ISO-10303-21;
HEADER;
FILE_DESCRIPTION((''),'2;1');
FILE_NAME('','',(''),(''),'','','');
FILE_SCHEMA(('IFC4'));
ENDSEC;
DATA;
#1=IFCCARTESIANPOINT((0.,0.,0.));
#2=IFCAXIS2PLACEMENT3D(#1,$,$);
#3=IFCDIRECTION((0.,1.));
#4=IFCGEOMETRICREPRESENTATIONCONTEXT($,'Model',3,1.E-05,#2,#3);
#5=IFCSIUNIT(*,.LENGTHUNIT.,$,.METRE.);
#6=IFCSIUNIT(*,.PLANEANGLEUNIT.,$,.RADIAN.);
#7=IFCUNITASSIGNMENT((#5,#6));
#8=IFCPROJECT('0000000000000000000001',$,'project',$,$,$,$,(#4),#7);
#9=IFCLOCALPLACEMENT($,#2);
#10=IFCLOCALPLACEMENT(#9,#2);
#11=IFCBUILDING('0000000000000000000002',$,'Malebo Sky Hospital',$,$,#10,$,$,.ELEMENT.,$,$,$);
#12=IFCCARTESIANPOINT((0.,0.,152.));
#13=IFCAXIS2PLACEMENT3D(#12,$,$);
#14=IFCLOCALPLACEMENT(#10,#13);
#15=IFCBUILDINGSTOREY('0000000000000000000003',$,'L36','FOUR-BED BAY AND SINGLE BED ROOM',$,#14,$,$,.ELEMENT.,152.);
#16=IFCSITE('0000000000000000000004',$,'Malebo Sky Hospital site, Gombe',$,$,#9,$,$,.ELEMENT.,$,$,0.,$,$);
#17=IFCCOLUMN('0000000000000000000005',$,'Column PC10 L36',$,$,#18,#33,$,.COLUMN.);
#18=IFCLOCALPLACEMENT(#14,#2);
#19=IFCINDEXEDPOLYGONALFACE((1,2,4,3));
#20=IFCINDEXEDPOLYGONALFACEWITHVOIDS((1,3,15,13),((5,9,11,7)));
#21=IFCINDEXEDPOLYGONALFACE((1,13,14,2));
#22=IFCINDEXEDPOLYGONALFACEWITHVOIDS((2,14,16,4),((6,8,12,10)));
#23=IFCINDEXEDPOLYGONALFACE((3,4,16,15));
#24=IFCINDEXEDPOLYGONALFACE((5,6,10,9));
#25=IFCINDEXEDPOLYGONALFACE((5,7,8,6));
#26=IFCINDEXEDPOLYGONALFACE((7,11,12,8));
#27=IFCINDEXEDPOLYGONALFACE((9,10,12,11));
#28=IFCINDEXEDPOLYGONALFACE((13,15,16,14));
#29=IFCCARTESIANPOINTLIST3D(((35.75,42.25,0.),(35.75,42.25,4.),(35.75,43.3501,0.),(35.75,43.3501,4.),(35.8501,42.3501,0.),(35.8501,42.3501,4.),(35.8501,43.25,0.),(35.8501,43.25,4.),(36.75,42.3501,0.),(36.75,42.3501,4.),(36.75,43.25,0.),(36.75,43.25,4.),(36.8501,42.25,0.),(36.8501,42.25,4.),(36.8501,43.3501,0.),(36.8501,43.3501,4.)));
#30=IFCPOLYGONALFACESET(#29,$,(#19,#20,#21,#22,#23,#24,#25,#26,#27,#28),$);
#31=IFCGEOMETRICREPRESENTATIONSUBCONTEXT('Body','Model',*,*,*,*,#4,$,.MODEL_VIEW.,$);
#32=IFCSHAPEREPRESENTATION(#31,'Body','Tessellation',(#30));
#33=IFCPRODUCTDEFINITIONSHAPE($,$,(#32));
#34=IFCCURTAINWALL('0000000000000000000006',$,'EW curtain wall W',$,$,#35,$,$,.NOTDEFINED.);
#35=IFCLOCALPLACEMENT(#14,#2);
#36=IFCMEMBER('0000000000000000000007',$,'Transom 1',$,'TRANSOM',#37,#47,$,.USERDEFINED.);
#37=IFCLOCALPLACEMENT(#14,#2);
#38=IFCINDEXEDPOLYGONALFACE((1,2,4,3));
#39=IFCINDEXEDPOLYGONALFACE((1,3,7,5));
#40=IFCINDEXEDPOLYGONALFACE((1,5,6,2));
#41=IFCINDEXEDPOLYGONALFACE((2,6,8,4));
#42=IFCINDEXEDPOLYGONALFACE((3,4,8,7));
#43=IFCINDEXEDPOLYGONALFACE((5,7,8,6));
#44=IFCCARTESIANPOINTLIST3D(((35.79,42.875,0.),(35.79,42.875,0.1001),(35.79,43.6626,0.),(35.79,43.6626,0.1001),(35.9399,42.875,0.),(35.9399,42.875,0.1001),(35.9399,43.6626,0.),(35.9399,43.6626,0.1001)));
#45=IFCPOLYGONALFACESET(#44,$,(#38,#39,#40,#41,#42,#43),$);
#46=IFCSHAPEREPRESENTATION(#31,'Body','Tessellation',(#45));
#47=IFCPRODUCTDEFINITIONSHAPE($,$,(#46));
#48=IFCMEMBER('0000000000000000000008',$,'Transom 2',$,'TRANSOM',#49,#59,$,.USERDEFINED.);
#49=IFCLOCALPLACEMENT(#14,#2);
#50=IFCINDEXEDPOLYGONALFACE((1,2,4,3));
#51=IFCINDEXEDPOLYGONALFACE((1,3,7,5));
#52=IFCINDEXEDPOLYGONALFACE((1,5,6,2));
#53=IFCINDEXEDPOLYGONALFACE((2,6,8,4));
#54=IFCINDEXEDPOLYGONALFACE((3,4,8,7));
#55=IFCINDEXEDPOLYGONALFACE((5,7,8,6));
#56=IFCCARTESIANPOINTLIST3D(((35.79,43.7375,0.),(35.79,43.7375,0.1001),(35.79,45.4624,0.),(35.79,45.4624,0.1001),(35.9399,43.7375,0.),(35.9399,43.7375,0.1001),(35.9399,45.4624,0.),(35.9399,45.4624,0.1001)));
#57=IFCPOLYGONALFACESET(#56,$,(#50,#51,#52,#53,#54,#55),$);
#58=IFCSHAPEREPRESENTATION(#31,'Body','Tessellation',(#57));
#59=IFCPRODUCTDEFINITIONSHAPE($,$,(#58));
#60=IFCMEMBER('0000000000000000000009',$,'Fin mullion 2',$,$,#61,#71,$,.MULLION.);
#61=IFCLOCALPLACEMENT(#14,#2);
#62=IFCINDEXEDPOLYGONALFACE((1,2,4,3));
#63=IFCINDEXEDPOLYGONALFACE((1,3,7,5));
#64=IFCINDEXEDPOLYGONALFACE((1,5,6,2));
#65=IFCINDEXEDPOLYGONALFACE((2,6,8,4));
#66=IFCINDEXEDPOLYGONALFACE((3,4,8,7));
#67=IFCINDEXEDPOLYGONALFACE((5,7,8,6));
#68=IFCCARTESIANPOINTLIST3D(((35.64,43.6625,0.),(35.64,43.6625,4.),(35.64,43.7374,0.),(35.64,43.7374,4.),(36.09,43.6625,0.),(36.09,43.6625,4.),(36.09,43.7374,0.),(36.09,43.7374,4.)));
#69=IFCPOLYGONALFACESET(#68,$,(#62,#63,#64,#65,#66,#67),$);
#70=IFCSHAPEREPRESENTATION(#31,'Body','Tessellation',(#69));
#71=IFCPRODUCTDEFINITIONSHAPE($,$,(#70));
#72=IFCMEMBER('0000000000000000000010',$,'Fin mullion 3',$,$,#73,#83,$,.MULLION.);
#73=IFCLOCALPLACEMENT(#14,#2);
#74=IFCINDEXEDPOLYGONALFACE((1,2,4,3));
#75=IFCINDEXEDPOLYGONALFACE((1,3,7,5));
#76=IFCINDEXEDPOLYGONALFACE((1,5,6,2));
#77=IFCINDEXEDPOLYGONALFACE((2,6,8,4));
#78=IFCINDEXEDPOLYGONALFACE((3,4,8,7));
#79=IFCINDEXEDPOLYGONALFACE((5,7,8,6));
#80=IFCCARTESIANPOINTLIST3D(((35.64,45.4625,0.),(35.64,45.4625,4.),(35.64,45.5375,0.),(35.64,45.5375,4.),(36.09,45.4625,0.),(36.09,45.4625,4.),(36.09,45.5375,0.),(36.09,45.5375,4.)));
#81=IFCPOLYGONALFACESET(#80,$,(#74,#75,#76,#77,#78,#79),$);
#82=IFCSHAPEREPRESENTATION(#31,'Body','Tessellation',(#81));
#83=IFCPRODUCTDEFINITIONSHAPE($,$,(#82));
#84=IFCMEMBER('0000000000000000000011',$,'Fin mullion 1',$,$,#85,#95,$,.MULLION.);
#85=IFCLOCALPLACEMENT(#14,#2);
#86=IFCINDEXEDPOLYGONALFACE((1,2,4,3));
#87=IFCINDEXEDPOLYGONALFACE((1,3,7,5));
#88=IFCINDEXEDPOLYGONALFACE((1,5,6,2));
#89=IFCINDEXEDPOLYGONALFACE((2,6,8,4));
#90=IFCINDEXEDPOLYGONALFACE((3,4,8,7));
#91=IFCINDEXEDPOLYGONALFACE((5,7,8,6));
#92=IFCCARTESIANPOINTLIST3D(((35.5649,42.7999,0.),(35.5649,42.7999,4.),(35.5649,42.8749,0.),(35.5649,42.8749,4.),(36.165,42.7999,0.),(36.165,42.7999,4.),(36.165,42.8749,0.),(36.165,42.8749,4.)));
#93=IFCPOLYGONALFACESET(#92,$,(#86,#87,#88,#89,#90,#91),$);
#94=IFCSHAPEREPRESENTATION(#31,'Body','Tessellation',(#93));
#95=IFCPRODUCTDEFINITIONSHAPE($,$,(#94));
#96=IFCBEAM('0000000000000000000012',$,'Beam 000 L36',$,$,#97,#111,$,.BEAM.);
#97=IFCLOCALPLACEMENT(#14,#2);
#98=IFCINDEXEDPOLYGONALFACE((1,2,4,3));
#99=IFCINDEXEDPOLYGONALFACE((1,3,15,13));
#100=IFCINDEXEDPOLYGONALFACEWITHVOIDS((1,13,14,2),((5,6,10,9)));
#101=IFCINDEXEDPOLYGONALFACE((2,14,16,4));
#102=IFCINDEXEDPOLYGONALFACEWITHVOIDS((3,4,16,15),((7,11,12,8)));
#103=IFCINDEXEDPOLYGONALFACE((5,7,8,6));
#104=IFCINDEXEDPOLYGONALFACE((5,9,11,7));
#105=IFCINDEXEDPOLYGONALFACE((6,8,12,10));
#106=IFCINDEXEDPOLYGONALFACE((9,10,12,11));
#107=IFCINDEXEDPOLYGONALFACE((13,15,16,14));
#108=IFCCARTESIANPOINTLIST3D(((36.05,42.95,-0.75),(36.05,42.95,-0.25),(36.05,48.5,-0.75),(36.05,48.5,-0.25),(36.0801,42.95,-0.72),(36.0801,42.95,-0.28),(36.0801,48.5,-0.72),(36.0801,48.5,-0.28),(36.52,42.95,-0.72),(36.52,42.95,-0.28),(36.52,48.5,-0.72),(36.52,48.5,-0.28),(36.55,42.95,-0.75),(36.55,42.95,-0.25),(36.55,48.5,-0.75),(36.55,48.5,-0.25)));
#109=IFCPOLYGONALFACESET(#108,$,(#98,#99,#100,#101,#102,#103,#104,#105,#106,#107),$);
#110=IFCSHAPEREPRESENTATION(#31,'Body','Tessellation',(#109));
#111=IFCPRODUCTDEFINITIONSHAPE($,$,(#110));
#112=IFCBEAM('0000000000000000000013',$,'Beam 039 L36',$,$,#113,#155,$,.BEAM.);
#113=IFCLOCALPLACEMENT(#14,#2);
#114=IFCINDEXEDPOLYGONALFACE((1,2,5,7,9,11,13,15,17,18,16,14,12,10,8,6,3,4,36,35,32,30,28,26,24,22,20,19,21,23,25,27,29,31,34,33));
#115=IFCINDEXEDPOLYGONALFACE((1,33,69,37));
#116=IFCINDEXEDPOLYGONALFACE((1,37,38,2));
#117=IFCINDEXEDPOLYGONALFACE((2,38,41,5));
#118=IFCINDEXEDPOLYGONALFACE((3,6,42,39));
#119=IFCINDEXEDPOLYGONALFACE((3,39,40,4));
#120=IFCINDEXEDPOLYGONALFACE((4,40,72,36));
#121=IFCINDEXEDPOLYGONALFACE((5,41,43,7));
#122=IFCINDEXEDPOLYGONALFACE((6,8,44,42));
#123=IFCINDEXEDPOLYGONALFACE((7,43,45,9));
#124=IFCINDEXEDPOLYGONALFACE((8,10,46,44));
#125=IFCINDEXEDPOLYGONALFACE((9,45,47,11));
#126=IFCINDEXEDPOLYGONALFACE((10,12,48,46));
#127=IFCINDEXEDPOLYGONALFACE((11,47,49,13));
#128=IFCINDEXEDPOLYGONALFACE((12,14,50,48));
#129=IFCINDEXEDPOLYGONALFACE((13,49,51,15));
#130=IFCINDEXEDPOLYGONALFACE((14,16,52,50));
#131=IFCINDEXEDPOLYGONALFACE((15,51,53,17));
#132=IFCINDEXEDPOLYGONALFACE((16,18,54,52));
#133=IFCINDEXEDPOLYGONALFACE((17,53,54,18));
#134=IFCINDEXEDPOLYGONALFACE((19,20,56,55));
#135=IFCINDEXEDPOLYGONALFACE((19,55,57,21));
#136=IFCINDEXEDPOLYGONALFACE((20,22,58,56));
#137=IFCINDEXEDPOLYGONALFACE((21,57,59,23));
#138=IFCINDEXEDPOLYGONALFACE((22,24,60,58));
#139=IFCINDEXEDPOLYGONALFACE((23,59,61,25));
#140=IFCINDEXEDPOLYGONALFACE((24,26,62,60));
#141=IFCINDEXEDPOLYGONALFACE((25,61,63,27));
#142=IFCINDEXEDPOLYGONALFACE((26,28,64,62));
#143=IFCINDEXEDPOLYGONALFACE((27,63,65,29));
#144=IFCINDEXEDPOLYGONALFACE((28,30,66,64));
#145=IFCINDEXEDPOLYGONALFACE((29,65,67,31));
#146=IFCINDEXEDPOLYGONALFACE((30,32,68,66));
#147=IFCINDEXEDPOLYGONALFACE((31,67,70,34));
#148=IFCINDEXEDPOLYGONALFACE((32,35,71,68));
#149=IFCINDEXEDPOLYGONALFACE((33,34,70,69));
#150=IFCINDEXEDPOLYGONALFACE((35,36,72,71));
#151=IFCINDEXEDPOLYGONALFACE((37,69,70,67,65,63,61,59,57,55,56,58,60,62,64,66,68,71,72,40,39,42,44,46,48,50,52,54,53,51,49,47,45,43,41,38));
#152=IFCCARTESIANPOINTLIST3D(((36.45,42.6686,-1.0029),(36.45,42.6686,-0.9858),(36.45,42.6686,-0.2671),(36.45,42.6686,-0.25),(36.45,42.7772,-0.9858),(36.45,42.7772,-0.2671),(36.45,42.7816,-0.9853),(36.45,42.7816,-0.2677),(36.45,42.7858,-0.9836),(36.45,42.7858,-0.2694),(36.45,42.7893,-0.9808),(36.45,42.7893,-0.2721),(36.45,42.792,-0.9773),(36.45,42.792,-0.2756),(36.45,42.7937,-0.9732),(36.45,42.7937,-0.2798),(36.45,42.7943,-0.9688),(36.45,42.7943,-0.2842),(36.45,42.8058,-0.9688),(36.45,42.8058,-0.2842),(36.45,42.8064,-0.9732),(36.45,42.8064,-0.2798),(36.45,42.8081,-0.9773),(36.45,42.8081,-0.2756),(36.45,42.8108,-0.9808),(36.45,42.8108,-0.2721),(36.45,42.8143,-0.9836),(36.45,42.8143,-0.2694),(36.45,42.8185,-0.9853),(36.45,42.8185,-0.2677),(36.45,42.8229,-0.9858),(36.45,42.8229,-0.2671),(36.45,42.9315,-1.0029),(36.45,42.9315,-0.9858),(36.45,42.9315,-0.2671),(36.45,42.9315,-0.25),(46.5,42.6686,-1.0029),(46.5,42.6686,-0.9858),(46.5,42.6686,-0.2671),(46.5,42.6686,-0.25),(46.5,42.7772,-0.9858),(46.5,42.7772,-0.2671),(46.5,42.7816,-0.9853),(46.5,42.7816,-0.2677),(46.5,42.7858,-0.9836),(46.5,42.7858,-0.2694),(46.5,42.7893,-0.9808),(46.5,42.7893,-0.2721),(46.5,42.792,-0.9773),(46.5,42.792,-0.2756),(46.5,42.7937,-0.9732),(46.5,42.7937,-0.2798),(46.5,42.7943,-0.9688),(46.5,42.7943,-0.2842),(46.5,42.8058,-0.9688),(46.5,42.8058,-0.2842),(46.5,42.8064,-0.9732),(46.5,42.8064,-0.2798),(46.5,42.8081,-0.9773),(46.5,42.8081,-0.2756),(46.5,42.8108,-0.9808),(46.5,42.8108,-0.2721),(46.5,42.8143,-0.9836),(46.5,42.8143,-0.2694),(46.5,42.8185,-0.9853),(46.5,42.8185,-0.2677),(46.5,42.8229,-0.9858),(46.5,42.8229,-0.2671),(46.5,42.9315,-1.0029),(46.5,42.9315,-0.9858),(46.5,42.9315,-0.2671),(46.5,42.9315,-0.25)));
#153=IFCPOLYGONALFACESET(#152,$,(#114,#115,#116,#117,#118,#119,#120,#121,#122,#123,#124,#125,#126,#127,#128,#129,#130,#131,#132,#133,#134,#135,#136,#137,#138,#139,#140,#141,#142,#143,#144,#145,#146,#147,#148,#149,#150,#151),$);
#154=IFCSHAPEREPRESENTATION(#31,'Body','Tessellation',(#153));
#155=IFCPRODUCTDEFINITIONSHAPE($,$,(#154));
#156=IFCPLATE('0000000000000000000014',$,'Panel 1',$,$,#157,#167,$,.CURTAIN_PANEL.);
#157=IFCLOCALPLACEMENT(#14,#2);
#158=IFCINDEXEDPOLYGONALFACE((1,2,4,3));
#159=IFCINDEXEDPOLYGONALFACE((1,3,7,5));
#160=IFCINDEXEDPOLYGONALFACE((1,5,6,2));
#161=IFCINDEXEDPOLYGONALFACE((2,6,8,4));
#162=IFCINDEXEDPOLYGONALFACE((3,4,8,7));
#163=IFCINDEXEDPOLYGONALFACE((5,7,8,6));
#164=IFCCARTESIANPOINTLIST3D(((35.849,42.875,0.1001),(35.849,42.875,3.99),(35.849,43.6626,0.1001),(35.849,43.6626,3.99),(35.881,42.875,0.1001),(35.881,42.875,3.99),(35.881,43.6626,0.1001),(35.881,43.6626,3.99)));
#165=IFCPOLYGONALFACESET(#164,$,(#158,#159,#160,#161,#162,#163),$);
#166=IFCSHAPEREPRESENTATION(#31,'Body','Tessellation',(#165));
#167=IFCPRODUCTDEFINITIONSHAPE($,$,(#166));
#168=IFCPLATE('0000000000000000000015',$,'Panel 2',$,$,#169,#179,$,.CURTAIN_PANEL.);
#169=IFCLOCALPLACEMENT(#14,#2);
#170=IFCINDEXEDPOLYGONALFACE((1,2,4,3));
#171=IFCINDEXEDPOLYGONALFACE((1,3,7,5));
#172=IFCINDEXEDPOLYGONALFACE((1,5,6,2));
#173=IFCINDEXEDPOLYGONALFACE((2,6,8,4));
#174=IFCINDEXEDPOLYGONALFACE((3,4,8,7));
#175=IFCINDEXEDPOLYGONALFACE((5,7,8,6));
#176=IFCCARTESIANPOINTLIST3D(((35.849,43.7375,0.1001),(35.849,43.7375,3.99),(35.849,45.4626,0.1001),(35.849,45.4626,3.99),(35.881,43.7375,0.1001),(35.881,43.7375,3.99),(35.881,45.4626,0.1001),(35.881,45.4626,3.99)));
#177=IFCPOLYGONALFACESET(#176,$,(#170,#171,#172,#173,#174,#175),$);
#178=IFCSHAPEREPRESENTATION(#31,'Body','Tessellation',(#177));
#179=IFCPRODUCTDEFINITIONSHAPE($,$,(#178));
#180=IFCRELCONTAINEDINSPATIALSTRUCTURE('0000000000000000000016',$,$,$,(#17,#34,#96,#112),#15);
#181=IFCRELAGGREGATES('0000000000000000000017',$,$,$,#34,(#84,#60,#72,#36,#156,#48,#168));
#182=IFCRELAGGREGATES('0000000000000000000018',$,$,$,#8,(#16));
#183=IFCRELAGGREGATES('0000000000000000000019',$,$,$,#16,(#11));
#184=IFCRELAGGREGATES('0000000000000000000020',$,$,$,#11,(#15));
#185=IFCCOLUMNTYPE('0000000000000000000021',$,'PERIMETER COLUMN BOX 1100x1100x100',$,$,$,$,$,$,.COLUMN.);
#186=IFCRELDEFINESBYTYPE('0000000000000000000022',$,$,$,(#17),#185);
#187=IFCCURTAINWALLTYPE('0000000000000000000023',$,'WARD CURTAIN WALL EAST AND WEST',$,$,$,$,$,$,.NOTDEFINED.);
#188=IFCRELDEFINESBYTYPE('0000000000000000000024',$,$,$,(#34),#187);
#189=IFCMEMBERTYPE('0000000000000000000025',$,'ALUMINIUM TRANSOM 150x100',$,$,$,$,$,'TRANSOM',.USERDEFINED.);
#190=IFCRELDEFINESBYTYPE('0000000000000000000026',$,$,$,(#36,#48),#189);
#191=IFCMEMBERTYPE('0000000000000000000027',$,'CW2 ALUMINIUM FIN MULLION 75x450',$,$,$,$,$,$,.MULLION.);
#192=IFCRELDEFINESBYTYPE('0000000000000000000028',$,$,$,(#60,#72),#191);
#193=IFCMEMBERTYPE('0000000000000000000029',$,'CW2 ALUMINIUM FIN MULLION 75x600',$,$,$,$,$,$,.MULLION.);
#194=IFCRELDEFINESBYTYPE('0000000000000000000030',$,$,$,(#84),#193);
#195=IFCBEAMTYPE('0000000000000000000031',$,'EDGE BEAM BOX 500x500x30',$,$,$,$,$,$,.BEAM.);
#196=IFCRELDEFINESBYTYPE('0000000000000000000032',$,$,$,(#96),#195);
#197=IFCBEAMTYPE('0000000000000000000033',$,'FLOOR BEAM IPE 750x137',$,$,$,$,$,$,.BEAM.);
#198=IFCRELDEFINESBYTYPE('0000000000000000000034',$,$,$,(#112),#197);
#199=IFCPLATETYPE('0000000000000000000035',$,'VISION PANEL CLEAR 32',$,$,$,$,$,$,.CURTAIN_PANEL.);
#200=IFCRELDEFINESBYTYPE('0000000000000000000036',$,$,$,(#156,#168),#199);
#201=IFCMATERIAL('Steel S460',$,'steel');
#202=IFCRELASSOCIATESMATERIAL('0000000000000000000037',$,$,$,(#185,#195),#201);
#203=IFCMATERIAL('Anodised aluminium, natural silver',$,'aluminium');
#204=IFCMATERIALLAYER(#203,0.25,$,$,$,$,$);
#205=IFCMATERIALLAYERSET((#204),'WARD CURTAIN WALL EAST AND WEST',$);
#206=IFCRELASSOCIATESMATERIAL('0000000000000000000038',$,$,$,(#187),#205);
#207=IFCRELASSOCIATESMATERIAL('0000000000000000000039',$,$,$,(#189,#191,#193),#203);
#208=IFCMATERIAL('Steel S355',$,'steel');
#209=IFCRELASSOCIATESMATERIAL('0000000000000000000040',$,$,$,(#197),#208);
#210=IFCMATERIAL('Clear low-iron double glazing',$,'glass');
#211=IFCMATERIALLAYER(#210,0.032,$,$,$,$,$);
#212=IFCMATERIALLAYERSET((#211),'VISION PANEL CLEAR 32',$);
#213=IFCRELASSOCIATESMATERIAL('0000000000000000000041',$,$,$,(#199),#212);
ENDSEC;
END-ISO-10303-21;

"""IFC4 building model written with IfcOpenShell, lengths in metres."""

from ifc_helpers import new_model, si_unit, direction, frame, origin, origin_2d, place, context, subcontext, project, spatial, rectangle, hollow_rectangle, i_section, extrude, material, layer, layer_set, material_profile, profile_set, type_object, element, aggregate, save


model = new_model("IFC4")

# Units and contexts
model_context = context("Model", 3, precision=1e-05, world=origin(), true_north=direction((0.0, 1.0)))
body_context = subcontext(model_context, "Body", "Model", "MODEL_VIEW")
ifc_project = project(units=[si_unit("LENGTHUNIT", "METRE"), si_unit("PLANEANGLEUNIT", "RADIAN")], contexts=[model_context])

# Site, building, storey
site_placement = place(None, origin())
site = spatial("IfcSite", under=ifc_project, at=site_placement, Name="Malebo Sky Hospital site, Gombe", CompositionType="ELEMENT", RefElevation=0.0)
building_placement = place(site_placement, origin())
building = spatial("IfcBuilding", under=site, at=building_placement, Name="Malebo Sky Hospital", CompositionType="ELEMENT")
storey_placement = place(building_placement, frame((0.0, 0.0, 152.0)))
storey = spatial("IfcBuildingStorey", under=building, at=storey_placement, Name="L36", Description="FOUR-BED BAY AND SINGLE BED ROOM", CompositionType="ELEMENT", Elevation=152.0)

# Column
ifc_material_1 = material(Name="Steel S460", Category="steel")
ifc_material_profile_1 = material_profile(ifc_material_1, hollow_rectangle(XDim=1.1001, YDim=1.1001, WallThickness=0.1001, at=origin_2d()), Name="BOX 1100x1100x100")
ifc_profile_set_1 = profile_set([ifc_material_profile_1], Name="Steel S460")
column_type = type_object("IfcColumnType", Name="PERIMETER COLUMN BOX 1100x1100x100", PredefinedType="COLUMN", material=ifc_profile_set_1)
column_placement = place(storey_placement, frame((36.3, 42.8, 0.0), z_axis=(0.0, 0.0, 1.0), x_axis=(1.0, 0.0, 0.0)))
element("IfcColumn", 1, at=column_placement, inside=storey, type_object=column_type, Name="Column PC10 L36", PredefinedType="COLUMN", context=body_context, shape_type="SweptSolid", body=[
    extrude(hollow_rectangle(XDim=1.1001, YDim=1.1001, WallThickness=0.1001, at=origin_2d()), origin(), (0.0, 0.0, 1.0), 4.0),
])

# Curtain wall, members
ifc_material_2 = material(Name="Anodised aluminium, natural silver", Category="aluminium")
ifc_layer_1 = layer(ifc_material_2, 0.25)
ifc_layer_set_1 = layer_set([ifc_layer_1], Name="WARD CURTAIN WALL EAST AND WEST")
curtain_wall_type = type_object("IfcCurtainWallType", Name="WARD CURTAIN WALL EAST AND WEST", PredefinedType="NOTDEFINED", material=ifc_layer_set_1)
curtain_wall_placement = place(storey_placement, origin())
curtain_wall = element("IfcCurtainWall", 2, at=curtain_wall_placement, inside=storey, type_object=curtain_wall_type, Name="EW curtain wall W", PredefinedType="NOTDEFINED")
ifc_material_profile_2 = material_profile(ifc_material_2, rectangle(XDim=0.1499, YDim=0.1001, at=origin_2d()), Name="ALUMINIUM TRANSOM 150x100")
ifc_profile_set_2 = profile_set([ifc_material_profile_2], Name="Anodised aluminium, natural silver")
member_type_1 = type_object("IfcMemberType", Name="ALUMINIUM TRANSOM 150x100", ElementType="TRANSOM", PredefinedType="USERDEFINED", material=ifc_profile_set_2)
member_1_placement = place(storey_placement, frame((35.865, 42.875, 0.05), z_axis=(0.0, 1.0, 0.0), x_axis=(-1.0, 0.0, 0.0)))
member_1 = element("IfcMember", 3, at=member_1_placement, type_object=member_type_1, Name="Transom 1", ObjectType="TRANSOM", PredefinedType="USERDEFINED", context=body_context, shape_type="SweptSolid", body=[
    extrude(rectangle(XDim=0.1499, YDim=0.1001, at=origin_2d()), origin(), (0.0, 0.0, 1.0), 0.7876),
])
member_2_placement = place(storey_placement, frame((35.865, 43.7375, 0.05), z_axis=(0.0, 1.0, 0.0), x_axis=(-1.0, 0.0, 0.0)))
member_2 = element("IfcMember", 4, at=member_2_placement, type_object=member_type_1, Name="Transom 2", ObjectType="TRANSOM", PredefinedType="USERDEFINED", context=body_context, shape_type="SweptSolid", body=[
    extrude(rectangle(XDim=0.1499, YDim=0.1001, at=origin_2d()), origin(), (0.0, 0.0, 1.0), 1.7249),
])
ifc_material_profile_3 = material_profile(ifc_material_2, rectangle(XDim=0.075, YDim=0.45, at=origin_2d()), Name="CW2 ALUMINIUM FIN MULLION 75x450")
ifc_profile_set_3 = profile_set([ifc_material_profile_3], Name="Anodised aluminium, natural silver")
member_type_2 = type_object("IfcMemberType", Name="CW2 ALUMINIUM FIN MULLION 75x450", PredefinedType="MULLION", material=ifc_profile_set_3)
member_3_placement = place(storey_placement, frame((35.865, 43.7, 0.0), z_axis=(0.0, 0.0, 1.0), x_axis=(0.0, 1.0, 0.0)))
member_3 = element("IfcMember", 5, at=member_3_placement, type_object=member_type_2, Name="Fin mullion 2", PredefinedType="MULLION", context=body_context, shape_type="SweptSolid", body=[
    extrude(rectangle(XDim=0.075, YDim=0.45, at=origin_2d()), origin(), (0.0, 0.0, 1.0), 4.0),
])
member_4_placement = place(storey_placement, frame((35.865, 45.5, 0.0), z_axis=(0.0, 0.0, 1.0), x_axis=(0.0, 1.0, 0.0)))
member_4 = element("IfcMember", 6, at=member_4_placement, type_object=member_type_2, Name="Fin mullion 3", PredefinedType="MULLION", context=body_context, shape_type="SweptSolid", body=[
    extrude(rectangle(XDim=0.075, YDim=0.45, at=origin_2d()), origin(), (0.0, 0.0, 1.0), 4.0),
])
ifc_material_profile_4 = material_profile(ifc_material_2, rectangle(XDim=0.075, YDim=0.6001, at=origin_2d()), Name="CW2 ALUMINIUM FIN MULLION 75x600")
ifc_profile_set_4 = profile_set([ifc_material_profile_4], Name="Anodised aluminium, natural silver")
member_type_3 = type_object("IfcMemberType", Name="CW2 ALUMINIUM FIN MULLION 75x600", PredefinedType="MULLION", material=ifc_profile_set_4)
member_5_placement = place(storey_placement, frame((35.865, 42.8374, 0.0), z_axis=(0.0, 0.0, 1.0), x_axis=(0.0, 1.0, 0.0)))
member_5 = element("IfcMember", 7, at=member_5_placement, type_object=member_type_3, Name="Fin mullion 1", PredefinedType="MULLION", context=body_context, shape_type="SweptSolid", body=[
    extrude(rectangle(XDim=0.075, YDim=0.6001, at=origin_2d()), origin(), (0.0, 0.0, 1.0), 4.0),
])

# Beams
ifc_material_profile_5 = material_profile(ifc_material_1, hollow_rectangle(XDim=0.5, YDim=0.5, WallThickness=0.03, at=origin_2d()), Name="BOX 500x500x30")
ifc_profile_set_5 = profile_set([ifc_material_profile_5], Name="Steel S460")
beam_type_1 = type_object("IfcBeamType", Name="EDGE BEAM BOX 500x500x30", PredefinedType="BEAM", material=ifc_profile_set_5)
beam_1_placement = place(storey_placement, frame((36.3, 42.95, -0.5), z_axis=(0.0, 1.0, 0.0), x_axis=(-1.0, 0.0, 0.0)))
element("IfcBeam", 8, at=beam_1_placement, inside=storey, type_object=beam_type_1, Name="Beam 000 L36", PredefinedType="BEAM", context=body_context, shape_type="SweptSolid", body=[
    extrude(hollow_rectangle(XDim=0.5, YDim=0.5, WallThickness=0.03, at=origin_2d()), origin(), (0.0, 0.0, 1.0), 5.55),
])
ifc_material_3 = material(Name="Steel S355", Category="steel")
ifc_material_profile_6 = material_profile(ifc_material_3, i_section(OverallWidth=0.2629, OverallDepth=0.7529, WebThickness=0.0115, FlangeThickness=0.0171, FilletRadius=0.0171, at=origin_2d()), Name="IPE 750x137")
ifc_profile_set_6 = profile_set([ifc_material_profile_6], Name="Steel S355")
beam_type_2 = type_object("IfcBeamType", Name="FLOOR BEAM IPE 750x137", PredefinedType="BEAM", material=ifc_profile_set_6)
beam_2_placement = place(storey_placement, frame((36.45, 42.8, -0.6265), z_axis=(1.0, 0.0, 0.0), x_axis=(0.0, 1.0, 0.0)))
element("IfcBeam", 9, at=beam_2_placement, inside=storey, type_object=beam_type_2, Name="Beam 039 L36", PredefinedType="BEAM", context=body_context, shape_type="SweptSolid", body=[
    extrude(i_section(OverallWidth=0.2629, OverallDepth=0.7529, WebThickness=0.0115, FlangeThickness=0.0171, FilletRadius=0.0171, at=origin_2d()), origin(), (0.0, 0.0, 1.0), 10.05),
])

# Plates
ifc_material_4 = material(Name="Clear low-iron double glazing", Category="glass")
ifc_layer_2 = layer(ifc_material_4, 0.032)
ifc_layer_set_2 = layer_set([ifc_layer_2], Name="VISION PANEL CLEAR 32")
plate_type = type_object("IfcPlateType", Name="VISION PANEL CLEAR 32", PredefinedType="CURTAIN_PANEL", material=ifc_layer_set_2)
plate_1_placement = place(storey_placement, frame((35.865, 43.2688, 0.1001), z_axis=(0.0, 0.0, 1.0), x_axis=(0.0, 1.0, 0.0)))
plate_1 = element("IfcPlate", 10, at=plate_1_placement, type_object=plate_type, Name="Panel 1", PredefinedType="CURTAIN_PANEL", context=body_context, shape_type="SweptSolid", body=[
    extrude(rectangle(XDim=0.7876, YDim=0.032, at=origin_2d()), origin(), (0.0, 0.0, 1.0), 3.8899),
])
plate_2_placement = place(storey_placement, frame((35.865, 44.6001, 0.1001), z_axis=(0.0, 0.0, 1.0), x_axis=(0.0, 1.0, 0.0)))
plate_2 = element("IfcPlate", 11, at=plate_2_placement, type_object=plate_type, Name="Panel 2", PredefinedType="CURTAIN_PANEL", context=body_context, shape_type="SweptSolid", body=[
    extrude(rectangle(XDim=1.7251, YDim=0.032, at=origin_2d()), origin(), (0.0, 0.0, 1.0), 3.8899),
])
aggregate(curtain_wall, [member_5, member_3, member_4, member_1, plate_1, member_2, plate_2])

save(model, "model.ifc")
